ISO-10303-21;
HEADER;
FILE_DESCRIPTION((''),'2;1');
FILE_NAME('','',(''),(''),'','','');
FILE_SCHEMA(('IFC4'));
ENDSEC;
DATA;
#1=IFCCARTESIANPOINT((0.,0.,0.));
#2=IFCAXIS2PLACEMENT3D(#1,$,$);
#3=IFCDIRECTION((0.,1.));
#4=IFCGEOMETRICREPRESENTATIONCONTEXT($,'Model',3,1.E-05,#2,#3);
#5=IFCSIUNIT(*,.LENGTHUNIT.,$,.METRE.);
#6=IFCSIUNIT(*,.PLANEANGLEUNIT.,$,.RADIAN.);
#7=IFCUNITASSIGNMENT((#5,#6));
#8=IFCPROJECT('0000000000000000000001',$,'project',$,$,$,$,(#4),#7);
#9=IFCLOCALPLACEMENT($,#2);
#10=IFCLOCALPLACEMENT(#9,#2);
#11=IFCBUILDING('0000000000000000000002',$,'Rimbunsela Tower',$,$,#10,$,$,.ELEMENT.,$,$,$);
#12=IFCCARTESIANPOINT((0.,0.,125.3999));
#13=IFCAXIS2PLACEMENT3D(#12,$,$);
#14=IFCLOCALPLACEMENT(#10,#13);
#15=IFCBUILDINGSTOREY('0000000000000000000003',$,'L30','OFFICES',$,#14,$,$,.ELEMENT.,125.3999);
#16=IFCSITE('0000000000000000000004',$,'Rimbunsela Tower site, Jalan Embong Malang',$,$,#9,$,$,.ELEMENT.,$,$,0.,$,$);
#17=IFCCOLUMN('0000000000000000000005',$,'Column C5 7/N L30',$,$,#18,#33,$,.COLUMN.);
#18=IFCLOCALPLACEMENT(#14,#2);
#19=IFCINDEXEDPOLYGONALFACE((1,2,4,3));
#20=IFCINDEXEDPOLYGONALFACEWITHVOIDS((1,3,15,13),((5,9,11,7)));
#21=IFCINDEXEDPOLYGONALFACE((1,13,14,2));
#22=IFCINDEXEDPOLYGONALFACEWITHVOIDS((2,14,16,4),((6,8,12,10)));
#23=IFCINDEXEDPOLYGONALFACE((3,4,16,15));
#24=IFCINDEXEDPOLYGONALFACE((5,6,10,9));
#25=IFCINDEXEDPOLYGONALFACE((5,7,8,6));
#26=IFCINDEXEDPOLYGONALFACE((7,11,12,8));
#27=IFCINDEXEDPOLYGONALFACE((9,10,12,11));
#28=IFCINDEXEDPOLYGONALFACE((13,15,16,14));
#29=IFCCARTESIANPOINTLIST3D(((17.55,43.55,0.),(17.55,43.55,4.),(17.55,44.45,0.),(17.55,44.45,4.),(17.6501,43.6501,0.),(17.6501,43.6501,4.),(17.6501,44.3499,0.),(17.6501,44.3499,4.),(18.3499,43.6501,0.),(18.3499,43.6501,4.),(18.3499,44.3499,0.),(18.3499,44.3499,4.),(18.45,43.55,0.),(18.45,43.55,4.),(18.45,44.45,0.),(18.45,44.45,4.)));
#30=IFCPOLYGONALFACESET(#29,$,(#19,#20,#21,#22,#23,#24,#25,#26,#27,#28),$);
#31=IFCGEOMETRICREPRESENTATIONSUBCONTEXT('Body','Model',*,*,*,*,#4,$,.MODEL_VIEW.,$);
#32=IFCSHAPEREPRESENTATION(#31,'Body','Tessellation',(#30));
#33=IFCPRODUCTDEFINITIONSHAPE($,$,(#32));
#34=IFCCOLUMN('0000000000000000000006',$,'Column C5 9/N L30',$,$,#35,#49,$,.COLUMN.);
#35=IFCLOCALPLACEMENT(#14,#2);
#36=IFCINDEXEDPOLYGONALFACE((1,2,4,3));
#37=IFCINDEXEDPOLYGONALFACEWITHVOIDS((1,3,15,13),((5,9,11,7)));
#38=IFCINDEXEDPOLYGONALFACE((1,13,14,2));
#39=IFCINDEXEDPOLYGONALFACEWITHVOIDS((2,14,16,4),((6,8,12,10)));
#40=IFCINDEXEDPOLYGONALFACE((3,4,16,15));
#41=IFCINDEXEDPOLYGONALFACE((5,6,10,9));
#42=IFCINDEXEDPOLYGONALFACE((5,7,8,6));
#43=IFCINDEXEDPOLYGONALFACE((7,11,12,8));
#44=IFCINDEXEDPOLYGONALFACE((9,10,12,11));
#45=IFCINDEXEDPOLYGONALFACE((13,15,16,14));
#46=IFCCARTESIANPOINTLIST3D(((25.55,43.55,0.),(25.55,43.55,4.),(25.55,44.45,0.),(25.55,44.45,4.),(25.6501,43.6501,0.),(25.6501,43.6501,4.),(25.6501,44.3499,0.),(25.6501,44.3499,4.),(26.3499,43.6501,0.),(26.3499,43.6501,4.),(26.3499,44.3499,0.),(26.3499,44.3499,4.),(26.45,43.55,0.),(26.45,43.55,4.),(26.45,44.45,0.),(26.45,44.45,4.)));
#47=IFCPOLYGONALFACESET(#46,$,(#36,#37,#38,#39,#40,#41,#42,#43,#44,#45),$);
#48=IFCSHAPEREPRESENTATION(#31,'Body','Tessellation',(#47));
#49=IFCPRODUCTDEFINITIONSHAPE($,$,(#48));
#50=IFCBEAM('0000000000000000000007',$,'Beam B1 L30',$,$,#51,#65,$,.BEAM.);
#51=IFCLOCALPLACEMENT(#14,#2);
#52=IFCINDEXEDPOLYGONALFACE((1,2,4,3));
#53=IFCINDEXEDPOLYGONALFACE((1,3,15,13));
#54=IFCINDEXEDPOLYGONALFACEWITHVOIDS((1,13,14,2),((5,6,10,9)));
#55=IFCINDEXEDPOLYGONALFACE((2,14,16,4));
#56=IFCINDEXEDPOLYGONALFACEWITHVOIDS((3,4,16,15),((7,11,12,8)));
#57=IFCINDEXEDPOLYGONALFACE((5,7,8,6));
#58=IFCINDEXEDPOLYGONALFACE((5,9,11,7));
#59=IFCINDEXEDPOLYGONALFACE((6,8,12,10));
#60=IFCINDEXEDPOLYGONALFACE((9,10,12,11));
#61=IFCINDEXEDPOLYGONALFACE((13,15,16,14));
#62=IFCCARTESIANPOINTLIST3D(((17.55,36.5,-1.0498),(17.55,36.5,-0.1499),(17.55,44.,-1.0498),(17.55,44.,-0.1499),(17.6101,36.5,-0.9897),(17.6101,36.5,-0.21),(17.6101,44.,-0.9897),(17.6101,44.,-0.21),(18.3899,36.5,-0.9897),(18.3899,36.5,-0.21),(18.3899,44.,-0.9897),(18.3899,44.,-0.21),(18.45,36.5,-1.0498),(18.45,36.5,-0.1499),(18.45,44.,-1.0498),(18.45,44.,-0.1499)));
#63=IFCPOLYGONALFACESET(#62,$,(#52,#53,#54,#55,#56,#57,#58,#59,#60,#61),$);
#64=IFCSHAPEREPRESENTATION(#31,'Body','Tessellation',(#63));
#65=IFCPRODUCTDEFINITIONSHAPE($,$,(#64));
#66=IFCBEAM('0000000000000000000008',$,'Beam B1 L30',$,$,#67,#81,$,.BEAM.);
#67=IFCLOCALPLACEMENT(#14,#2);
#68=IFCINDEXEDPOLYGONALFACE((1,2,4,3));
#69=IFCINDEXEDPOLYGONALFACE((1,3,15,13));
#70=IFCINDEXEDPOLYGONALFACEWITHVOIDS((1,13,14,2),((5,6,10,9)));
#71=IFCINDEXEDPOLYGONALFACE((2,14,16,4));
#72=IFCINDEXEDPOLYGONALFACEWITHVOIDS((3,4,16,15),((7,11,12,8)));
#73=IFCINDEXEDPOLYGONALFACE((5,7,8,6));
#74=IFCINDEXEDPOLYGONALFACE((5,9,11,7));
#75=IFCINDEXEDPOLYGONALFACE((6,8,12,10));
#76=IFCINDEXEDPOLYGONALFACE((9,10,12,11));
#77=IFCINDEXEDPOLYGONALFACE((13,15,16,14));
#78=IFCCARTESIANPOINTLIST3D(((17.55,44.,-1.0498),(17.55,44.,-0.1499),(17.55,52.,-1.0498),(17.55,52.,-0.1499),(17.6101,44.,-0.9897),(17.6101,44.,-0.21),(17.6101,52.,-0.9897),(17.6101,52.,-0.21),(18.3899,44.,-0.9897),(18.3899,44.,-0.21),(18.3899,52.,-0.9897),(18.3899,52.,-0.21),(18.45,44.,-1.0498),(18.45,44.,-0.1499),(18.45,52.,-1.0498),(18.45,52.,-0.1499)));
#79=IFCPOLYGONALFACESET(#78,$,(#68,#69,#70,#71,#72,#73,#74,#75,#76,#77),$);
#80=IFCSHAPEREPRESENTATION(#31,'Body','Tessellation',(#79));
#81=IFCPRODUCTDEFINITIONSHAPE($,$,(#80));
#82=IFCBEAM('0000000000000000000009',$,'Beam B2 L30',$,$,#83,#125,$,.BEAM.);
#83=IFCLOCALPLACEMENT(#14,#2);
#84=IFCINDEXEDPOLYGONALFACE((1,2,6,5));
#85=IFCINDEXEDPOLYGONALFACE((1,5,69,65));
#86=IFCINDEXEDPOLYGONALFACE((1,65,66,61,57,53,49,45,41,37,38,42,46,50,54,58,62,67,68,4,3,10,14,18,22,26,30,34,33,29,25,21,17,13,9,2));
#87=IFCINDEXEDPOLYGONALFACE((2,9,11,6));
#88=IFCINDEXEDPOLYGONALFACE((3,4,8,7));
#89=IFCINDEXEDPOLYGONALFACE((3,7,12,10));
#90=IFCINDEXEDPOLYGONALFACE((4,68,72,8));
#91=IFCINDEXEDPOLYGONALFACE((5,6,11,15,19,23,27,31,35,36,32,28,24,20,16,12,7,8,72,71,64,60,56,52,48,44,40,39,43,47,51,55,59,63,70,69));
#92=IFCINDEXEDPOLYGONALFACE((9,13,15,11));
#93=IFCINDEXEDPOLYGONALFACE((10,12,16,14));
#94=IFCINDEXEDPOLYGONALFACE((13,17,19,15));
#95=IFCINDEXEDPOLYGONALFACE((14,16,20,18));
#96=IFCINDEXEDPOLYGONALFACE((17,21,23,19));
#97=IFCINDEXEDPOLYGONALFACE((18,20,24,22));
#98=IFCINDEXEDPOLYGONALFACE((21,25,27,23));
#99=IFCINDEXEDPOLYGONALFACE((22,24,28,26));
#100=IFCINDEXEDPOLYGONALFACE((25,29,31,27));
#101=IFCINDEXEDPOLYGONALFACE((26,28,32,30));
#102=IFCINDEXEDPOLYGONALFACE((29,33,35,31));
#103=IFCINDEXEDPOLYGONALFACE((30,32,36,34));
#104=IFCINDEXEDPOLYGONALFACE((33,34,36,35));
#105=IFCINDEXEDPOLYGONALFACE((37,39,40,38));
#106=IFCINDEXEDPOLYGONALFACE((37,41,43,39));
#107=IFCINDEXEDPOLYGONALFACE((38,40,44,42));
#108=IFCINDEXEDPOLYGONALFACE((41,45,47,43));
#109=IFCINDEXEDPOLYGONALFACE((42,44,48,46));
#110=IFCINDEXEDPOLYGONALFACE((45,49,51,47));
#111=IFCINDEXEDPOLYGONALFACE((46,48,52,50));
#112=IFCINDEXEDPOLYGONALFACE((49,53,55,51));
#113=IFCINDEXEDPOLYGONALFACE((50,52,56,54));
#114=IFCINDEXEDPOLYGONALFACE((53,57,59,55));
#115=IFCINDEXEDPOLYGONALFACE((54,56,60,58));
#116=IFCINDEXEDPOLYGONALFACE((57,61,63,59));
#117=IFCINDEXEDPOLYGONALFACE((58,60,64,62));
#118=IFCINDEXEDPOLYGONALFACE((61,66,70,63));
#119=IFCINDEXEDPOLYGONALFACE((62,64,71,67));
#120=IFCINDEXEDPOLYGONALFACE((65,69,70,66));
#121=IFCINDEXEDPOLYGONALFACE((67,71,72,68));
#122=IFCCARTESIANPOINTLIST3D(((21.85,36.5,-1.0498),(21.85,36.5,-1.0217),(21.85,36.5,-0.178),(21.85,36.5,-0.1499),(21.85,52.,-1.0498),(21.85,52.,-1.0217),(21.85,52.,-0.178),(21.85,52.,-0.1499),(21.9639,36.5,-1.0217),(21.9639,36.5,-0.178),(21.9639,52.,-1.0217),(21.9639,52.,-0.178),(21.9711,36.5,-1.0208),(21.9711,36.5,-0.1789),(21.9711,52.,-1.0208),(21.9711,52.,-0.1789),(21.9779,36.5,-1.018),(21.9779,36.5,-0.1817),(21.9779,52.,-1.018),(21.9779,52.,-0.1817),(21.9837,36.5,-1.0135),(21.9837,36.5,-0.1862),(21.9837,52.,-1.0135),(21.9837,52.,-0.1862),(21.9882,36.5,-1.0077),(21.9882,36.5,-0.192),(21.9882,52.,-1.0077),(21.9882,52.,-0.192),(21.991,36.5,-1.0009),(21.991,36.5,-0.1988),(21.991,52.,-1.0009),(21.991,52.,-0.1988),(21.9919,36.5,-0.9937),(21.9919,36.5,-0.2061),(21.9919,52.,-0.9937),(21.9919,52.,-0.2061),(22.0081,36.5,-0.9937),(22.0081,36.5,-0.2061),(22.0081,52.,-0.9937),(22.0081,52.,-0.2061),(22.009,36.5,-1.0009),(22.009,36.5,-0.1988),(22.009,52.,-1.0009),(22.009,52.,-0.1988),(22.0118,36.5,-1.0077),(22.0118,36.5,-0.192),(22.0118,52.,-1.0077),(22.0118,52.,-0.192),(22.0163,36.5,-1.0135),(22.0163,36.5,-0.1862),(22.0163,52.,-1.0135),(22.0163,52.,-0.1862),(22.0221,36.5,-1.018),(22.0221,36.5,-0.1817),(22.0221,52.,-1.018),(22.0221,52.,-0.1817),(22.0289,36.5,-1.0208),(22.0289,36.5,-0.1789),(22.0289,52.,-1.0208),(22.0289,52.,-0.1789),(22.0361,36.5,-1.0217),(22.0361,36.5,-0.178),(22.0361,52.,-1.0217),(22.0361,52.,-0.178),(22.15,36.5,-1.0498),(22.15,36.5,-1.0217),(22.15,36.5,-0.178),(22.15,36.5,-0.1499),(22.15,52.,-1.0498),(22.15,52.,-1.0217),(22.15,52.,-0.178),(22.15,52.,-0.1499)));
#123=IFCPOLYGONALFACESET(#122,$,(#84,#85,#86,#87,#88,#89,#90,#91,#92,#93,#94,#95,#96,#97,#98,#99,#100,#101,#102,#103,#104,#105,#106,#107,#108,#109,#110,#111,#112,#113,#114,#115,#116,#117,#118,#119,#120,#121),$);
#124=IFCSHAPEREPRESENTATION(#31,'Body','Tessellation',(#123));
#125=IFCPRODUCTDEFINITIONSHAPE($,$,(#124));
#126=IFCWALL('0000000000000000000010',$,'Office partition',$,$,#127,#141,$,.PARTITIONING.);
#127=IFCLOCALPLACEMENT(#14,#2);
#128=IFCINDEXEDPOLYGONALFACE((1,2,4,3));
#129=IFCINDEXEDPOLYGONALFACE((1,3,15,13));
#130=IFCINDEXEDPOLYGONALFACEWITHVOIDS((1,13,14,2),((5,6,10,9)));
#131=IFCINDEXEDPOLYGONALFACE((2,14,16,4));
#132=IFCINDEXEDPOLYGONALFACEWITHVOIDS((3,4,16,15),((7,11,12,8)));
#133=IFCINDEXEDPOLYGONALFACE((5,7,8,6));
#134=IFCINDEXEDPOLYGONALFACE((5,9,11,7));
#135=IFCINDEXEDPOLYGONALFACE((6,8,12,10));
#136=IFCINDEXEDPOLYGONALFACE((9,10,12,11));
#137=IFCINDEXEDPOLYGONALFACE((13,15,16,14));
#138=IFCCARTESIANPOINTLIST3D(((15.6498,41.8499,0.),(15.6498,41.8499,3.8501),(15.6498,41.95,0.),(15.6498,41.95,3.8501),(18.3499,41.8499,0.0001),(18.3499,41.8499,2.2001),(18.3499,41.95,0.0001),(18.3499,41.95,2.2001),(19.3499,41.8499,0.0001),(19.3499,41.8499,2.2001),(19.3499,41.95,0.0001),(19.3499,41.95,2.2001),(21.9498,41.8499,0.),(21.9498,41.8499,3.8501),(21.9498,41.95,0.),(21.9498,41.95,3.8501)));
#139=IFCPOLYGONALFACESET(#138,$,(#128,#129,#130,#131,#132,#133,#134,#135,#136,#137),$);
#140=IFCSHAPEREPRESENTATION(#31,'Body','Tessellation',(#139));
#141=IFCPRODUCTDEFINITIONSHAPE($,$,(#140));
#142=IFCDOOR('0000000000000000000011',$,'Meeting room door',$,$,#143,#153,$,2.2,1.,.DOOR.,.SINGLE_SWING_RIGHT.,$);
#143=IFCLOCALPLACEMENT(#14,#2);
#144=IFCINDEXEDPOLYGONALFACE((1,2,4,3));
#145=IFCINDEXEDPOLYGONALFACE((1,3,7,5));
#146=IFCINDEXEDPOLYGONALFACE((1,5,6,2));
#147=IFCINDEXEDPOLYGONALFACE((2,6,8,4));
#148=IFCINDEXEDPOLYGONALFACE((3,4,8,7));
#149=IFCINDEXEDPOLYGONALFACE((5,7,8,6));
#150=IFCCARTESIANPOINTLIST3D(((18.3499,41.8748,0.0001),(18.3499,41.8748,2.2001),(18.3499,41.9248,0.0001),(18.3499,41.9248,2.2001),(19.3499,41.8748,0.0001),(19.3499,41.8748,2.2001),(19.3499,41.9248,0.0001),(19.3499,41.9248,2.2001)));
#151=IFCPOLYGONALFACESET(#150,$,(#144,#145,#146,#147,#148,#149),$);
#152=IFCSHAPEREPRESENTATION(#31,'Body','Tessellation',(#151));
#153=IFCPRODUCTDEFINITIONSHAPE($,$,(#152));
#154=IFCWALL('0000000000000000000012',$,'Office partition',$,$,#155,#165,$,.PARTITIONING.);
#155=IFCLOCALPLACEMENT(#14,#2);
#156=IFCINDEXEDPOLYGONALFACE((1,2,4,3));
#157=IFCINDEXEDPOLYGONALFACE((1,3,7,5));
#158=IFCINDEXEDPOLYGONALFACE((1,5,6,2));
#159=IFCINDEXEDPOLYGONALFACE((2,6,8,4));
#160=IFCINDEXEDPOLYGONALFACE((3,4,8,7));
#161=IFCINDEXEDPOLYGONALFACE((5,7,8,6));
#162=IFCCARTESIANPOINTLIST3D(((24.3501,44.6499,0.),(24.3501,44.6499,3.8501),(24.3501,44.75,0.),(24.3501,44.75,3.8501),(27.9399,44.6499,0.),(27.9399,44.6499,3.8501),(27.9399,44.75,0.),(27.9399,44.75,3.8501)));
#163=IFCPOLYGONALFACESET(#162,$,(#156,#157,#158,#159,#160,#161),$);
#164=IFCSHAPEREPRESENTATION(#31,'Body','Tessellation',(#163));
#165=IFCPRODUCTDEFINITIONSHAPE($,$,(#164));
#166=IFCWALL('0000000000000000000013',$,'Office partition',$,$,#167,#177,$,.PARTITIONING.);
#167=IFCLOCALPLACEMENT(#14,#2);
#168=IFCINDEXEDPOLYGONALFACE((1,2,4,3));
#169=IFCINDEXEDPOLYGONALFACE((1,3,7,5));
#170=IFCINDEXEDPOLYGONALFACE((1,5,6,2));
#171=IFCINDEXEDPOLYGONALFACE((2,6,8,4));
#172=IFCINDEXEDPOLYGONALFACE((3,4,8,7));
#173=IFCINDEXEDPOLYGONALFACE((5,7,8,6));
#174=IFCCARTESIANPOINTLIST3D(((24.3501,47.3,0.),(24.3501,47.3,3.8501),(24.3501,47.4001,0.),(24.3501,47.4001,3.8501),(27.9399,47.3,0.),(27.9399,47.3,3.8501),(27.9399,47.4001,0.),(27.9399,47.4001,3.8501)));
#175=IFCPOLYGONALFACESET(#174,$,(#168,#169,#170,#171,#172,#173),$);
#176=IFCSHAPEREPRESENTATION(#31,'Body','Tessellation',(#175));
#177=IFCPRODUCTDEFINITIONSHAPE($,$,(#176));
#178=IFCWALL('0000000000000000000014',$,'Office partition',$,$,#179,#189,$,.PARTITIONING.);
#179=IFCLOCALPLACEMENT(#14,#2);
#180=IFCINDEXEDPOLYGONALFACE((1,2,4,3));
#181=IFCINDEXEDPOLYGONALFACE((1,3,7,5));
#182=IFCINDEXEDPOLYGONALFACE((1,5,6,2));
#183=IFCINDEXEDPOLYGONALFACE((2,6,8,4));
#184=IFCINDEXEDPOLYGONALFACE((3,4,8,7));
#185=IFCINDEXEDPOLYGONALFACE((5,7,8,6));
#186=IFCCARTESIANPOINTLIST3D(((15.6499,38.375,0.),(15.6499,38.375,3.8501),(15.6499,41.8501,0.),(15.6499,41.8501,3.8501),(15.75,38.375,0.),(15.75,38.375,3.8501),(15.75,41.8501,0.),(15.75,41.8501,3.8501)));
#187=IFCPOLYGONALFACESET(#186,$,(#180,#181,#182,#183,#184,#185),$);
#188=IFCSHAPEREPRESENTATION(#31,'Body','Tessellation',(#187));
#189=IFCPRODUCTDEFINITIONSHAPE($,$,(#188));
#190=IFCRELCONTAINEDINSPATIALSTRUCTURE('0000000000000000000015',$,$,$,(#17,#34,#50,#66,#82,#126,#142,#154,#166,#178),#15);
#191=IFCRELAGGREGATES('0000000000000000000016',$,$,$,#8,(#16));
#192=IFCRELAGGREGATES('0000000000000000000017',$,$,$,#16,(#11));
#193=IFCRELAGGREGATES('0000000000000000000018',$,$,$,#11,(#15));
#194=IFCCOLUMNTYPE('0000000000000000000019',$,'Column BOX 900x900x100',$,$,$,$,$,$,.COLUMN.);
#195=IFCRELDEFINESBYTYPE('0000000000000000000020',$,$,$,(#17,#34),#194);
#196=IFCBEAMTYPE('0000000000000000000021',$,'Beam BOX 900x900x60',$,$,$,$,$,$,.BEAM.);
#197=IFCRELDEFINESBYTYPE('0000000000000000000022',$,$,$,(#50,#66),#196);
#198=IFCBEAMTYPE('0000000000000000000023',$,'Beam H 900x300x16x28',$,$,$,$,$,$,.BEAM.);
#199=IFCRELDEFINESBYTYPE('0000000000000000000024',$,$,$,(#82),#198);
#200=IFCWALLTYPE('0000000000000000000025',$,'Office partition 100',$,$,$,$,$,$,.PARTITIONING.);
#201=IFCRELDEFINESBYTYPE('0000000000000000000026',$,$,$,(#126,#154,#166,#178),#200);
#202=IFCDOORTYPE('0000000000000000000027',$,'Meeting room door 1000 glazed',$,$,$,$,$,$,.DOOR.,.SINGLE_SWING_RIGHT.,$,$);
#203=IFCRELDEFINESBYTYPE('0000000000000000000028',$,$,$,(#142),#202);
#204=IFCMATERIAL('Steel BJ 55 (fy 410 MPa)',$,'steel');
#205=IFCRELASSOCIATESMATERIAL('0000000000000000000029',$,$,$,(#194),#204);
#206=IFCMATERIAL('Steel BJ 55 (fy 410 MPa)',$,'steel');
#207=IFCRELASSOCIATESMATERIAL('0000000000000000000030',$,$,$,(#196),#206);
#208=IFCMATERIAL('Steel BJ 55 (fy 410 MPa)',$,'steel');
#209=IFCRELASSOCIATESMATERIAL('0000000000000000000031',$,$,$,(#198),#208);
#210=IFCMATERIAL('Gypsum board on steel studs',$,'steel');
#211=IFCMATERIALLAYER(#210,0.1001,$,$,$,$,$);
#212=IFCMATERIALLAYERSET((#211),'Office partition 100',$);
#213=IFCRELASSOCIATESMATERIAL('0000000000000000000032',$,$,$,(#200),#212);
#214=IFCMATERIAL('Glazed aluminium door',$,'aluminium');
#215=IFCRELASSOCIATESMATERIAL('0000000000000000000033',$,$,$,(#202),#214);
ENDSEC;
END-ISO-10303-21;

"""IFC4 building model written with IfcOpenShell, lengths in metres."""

from ifc_helpers import new_model, si_unit, direction, frame, frame_2d, origin, origin_2d, place, context, subcontext, project, spatial, rectangle, hollow_rectangle, i_section, extrude, material, layer, layer_set, material_profile, profile_set, type_object, element, fill, save


model = new_model("IFC4")

# Units and contexts
model_context = context("Model", 3, precision=1e-05, world=origin(), true_north=direction((0.0, 1.0)))
body_context = subcontext(model_context, "Body", "Model", "MODEL_VIEW")
ifc_project = project(units=[si_unit("LENGTHUNIT", "METRE"), si_unit("PLANEANGLEUNIT", "RADIAN")], contexts=[model_context])

# Site, building, storey
site_placement = place(None, origin())
site = spatial("IfcSite", under=ifc_project, at=site_placement, Name="Rimbunsela Tower site, Jalan Embong Malang", CompositionType="ELEMENT", RefElevation=0.0)
building_placement = place(site_placement, origin())
building = spatial("IfcBuilding", under=site, at=building_placement, Name="Rimbunsela Tower", CompositionType="ELEMENT")
storey_placement = place(building_placement, frame((0.0, 0.0, 125.3999)))
storey = spatial("IfcBuildingStorey", under=building, at=storey_placement, Name="L30", Description="OFFICES", CompositionType="ELEMENT", Elevation=125.3999)

# Columns
ifc_material_1 = material(Name="Steel BJ 55 (fy 410 MPa)", Category="steel")
ifc_material_profile_1 = material_profile(ifc_material_1, hollow_rectangle(XDim=0.8999, YDim=0.8999, WallThickness=0.1001, at=origin_2d()), Name="BOX 900x900x100")
ifc_profile_set_1 = profile_set([ifc_material_profile_1], Name="Steel BJ 55 (fy 410 MPa)")
column_type = type_object("IfcColumnType", Name="Column BOX 900x900x100", PredefinedType="COLUMN", material=ifc_profile_set_1)
for number, where, z_axis, x_axis, name in (
    (1, (18.0, 44.0, 0.0), (0.0, 0.0, 1.0), (1.0, 0.0, 0.0), "Column C5 7/N L30"),
    (2, (26.0, 44.0, 0.0), (0.0, 0.0, 1.0), (1.0, 0.0, 0.0), "Column C5 9/N L30"),
):
    element("IfcColumn", number, at=place(storey_placement, frame(where, z_axis=z_axis, x_axis=x_axis)), inside=storey, type_object=column_type, Name=name, PredefinedType="COLUMN", context=body_context, shape_type="SweptSolid", body=[
        extrude(hollow_rectangle(XDim=0.8999, YDim=0.8999, WallThickness=0.1001, at=origin_2d()), origin(), (0.0, 0.0, 1.0), 4.0),
    ])

# Beams
ifc_material_2 = material(Name="Steel BJ 55 (fy 410 MPa)", Category="steel")
ifc_material_profile_2 = material_profile(ifc_material_2, hollow_rectangle(XDim=0.8999, YDim=0.8999, WallThickness=0.0601, at=origin_2d()), Name="BOX 900x900x60")
ifc_profile_set_2 = profile_set([ifc_material_profile_2], Name="Steel BJ 55 (fy 410 MPa)")
beam_type_1 = type_object("IfcBeamType", Name="Beam BOX 900x900x60", PredefinedType="BEAM", material=ifc_profile_set_2)
beam_1_placement = place(storey_placement, frame((18.0, 36.5, -0.5999), z_axis=(0.0, 1.0, 0.0), x_axis=(-1.0, 0.0, 0.0)))
element("IfcBeam", 3, at=beam_1_placement, inside=storey, type_object=beam_type_1, Name="Beam B1 L30", PredefinedType="BEAM", context=body_context, shape_type="SweptSolid", body=[
    extrude(hollow_rectangle(XDim=0.8999, YDim=0.8999, WallThickness=0.0601, at=origin_2d()), origin(), (0.0, 0.0, 1.0), 7.5),
])
beam_2_placement = place(storey_placement, frame((18.0, 44.0, -0.5999), z_axis=(0.0, 1.0, 0.0), x_axis=(-1.0, 0.0, 0.0)))
element("IfcBeam", 4, at=beam_2_placement, inside=storey, type_object=beam_type_1, Name="Beam B1 L30", PredefinedType="BEAM", context=body_context, shape_type="SweptSolid", body=[
    extrude(hollow_rectangle(XDim=0.8999, YDim=0.8999, WallThickness=0.0601, at=origin_2d()), origin(), (0.0, 0.0, 1.0), 8.0),
])
ifc_material_3 = material(Name="Steel BJ 55 (fy 410 MPa)", Category="steel")
ifc_material_profile_3 = material_profile(ifc_material_3, i_section(OverallWidth=0.3, OverallDepth=0.8999, WebThickness=0.0161, FlangeThickness=0.0281, FilletRadius=0.0281, at=origin_2d()), Name="H 900x300x16x28")
ifc_profile_set_3 = profile_set([ifc_material_profile_3], Name="Steel BJ 55 (fy 410 MPa)")
beam_type_2 = type_object("IfcBeamType", Name="Beam H 900x300x16x28", PredefinedType="BEAM", material=ifc_profile_set_3)
beam_3_placement = place(storey_placement, frame((22.0, 36.5, -0.5999), z_axis=(0.0, 1.0, 0.0), x_axis=(-1.0, 0.0, 0.0)))
element("IfcBeam", 5, at=beam_3_placement, inside=storey, type_object=beam_type_2, Name="Beam B2 L30", PredefinedType="BEAM", context=body_context, shape_type="SweptSolid", body=[
    extrude(i_section(OverallWidth=0.3, OverallDepth=0.8999, WebThickness=0.0161, FlangeThickness=0.0281, FilletRadius=0.0281, at=origin_2d()), origin(), (0.0, 0.0, 1.0), 15.5),
])

# Wall, opening, door
ifc_material_4 = material(Name="Gypsum board on steel studs", Category="steel")
ifc_layer_1 = layer(ifc_material_4, 0.1001)
ifc_layer_set_1 = layer_set([ifc_layer_1], Name="Office partition 100")
wall_type_1 = type_object("IfcWallType", Name="Office partition 100", PredefinedType="PARTITIONING", material=ifc_layer_set_1)
wall_1_placement = place(storey_placement, frame((15.6499, 41.8999, 0.0), z_axis=(0.0, 0.0, 1.0), x_axis=(1.0, 0.0, 0.0)))
wall_1 = element("IfcWall", 6, at=wall_1_placement, inside=storey, type_object=wall_type_1, Name="Office partition", PredefinedType="PARTITIONING", context=body_context, shape_type="SweptSolid", body=[
    extrude(rectangle(XDim=6.3, YDim=0.1001, at=frame_2d((3.1499, 0.0))), origin(), (0.0, 0.0, 1.0), 3.8501),
])
opening_1_placement = place(wall_1_placement, frame((2.7, 0.0, 0.0)))
opening_1 = element("IfcOpeningElement", 7, at=opening_1_placement, cuts=wall_1, PredefinedType="OPENING", context=body_context, shape_type="SweptSolid", body=[
    extrude(rectangle(XDim=1.0, YDim=2.2, at=frame_2d((0.5, 1.1001))), frame((0.0, 0.0601, 0.0), z_axis=(0.0, -1.0, 0.0), x_axis=(1.0, 0.0, 0.0)), (0.0, 0.0, 1.0), 0.1201),
])
ifc_material_5 = material(Name="Glazed aluminium door", Category="aluminium")
door_type_1 = type_object("IfcDoorType", Name="Meeting room door 1000 glazed", OperationType="SINGLE_SWING_RIGHT", PredefinedType="DOOR", material=ifc_material_5)
door_1_placement = place(opening_1_placement, origin())
door_1 = element("IfcDoor", 8, at=door_1_placement, inside=storey, type_object=door_type_1, Name="Meeting room door", OperationType="SINGLE_SWING_RIGHT", OverallHeight=2.2, OverallWidth=1.0, PredefinedType="DOOR", context=body_context, shape_type="SweptSolid", body=[
    extrude(rectangle(XDim=1.0, YDim=2.2, at=frame_2d((0.5, 1.1001))), frame((0.0, 0.0249, 0.0), z_axis=(0.0, -1.0, 0.0), x_axis=(1.0, 0.0, 0.0)), (0.0, 0.0, 1.0), 0.05),
])
fill(opening_1, door_1)

# Walls
for number, where, z_axis, x_axis, name in (
    (9, (24.3501, 44.7, 0.0), (0.0, 0.0, 1.0), (1.0, 0.0, 0.0), "Office partition"),
    (10, (24.3501, 47.3501, 0.0), (0.0, 0.0, 1.0), (1.0, 0.0, 0.0), "Office partition"),
):
    element("IfcWall", number, at=place(storey_placement, frame(where, z_axis=z_axis, x_axis=x_axis)), inside=storey, type_object=wall_type_1, Name=name, PredefinedType="PARTITIONING", context=body_context, shape_type="SweptSolid", body=[
        extrude(rectangle(XDim=3.5898, YDim=0.1001, at=frame_2d((1.7949, 0.0))), origin(), (0.0, 0.0, 1.0), 3.8501),
    ])
wall_2_placement = place(storey_placement, frame((15.7, 38.375, 0.0), z_axis=(0.0, 0.0, 1.0), x_axis=(0.0, 1.0, 0.0)))
element("IfcWall", 11, at=wall_2_placement, inside=storey, type_object=wall_type_1, Name="Office partition", PredefinedType="PARTITIONING", context=body_context, shape_type="SweptSolid", body=[
    extrude(rectangle(XDim=3.4751, YDim=0.1001, at=frame_2d((1.7375, 0.0))), origin(), (0.0, 0.0, 1.0), 3.8501),
])

save(model, "model.ifc")
